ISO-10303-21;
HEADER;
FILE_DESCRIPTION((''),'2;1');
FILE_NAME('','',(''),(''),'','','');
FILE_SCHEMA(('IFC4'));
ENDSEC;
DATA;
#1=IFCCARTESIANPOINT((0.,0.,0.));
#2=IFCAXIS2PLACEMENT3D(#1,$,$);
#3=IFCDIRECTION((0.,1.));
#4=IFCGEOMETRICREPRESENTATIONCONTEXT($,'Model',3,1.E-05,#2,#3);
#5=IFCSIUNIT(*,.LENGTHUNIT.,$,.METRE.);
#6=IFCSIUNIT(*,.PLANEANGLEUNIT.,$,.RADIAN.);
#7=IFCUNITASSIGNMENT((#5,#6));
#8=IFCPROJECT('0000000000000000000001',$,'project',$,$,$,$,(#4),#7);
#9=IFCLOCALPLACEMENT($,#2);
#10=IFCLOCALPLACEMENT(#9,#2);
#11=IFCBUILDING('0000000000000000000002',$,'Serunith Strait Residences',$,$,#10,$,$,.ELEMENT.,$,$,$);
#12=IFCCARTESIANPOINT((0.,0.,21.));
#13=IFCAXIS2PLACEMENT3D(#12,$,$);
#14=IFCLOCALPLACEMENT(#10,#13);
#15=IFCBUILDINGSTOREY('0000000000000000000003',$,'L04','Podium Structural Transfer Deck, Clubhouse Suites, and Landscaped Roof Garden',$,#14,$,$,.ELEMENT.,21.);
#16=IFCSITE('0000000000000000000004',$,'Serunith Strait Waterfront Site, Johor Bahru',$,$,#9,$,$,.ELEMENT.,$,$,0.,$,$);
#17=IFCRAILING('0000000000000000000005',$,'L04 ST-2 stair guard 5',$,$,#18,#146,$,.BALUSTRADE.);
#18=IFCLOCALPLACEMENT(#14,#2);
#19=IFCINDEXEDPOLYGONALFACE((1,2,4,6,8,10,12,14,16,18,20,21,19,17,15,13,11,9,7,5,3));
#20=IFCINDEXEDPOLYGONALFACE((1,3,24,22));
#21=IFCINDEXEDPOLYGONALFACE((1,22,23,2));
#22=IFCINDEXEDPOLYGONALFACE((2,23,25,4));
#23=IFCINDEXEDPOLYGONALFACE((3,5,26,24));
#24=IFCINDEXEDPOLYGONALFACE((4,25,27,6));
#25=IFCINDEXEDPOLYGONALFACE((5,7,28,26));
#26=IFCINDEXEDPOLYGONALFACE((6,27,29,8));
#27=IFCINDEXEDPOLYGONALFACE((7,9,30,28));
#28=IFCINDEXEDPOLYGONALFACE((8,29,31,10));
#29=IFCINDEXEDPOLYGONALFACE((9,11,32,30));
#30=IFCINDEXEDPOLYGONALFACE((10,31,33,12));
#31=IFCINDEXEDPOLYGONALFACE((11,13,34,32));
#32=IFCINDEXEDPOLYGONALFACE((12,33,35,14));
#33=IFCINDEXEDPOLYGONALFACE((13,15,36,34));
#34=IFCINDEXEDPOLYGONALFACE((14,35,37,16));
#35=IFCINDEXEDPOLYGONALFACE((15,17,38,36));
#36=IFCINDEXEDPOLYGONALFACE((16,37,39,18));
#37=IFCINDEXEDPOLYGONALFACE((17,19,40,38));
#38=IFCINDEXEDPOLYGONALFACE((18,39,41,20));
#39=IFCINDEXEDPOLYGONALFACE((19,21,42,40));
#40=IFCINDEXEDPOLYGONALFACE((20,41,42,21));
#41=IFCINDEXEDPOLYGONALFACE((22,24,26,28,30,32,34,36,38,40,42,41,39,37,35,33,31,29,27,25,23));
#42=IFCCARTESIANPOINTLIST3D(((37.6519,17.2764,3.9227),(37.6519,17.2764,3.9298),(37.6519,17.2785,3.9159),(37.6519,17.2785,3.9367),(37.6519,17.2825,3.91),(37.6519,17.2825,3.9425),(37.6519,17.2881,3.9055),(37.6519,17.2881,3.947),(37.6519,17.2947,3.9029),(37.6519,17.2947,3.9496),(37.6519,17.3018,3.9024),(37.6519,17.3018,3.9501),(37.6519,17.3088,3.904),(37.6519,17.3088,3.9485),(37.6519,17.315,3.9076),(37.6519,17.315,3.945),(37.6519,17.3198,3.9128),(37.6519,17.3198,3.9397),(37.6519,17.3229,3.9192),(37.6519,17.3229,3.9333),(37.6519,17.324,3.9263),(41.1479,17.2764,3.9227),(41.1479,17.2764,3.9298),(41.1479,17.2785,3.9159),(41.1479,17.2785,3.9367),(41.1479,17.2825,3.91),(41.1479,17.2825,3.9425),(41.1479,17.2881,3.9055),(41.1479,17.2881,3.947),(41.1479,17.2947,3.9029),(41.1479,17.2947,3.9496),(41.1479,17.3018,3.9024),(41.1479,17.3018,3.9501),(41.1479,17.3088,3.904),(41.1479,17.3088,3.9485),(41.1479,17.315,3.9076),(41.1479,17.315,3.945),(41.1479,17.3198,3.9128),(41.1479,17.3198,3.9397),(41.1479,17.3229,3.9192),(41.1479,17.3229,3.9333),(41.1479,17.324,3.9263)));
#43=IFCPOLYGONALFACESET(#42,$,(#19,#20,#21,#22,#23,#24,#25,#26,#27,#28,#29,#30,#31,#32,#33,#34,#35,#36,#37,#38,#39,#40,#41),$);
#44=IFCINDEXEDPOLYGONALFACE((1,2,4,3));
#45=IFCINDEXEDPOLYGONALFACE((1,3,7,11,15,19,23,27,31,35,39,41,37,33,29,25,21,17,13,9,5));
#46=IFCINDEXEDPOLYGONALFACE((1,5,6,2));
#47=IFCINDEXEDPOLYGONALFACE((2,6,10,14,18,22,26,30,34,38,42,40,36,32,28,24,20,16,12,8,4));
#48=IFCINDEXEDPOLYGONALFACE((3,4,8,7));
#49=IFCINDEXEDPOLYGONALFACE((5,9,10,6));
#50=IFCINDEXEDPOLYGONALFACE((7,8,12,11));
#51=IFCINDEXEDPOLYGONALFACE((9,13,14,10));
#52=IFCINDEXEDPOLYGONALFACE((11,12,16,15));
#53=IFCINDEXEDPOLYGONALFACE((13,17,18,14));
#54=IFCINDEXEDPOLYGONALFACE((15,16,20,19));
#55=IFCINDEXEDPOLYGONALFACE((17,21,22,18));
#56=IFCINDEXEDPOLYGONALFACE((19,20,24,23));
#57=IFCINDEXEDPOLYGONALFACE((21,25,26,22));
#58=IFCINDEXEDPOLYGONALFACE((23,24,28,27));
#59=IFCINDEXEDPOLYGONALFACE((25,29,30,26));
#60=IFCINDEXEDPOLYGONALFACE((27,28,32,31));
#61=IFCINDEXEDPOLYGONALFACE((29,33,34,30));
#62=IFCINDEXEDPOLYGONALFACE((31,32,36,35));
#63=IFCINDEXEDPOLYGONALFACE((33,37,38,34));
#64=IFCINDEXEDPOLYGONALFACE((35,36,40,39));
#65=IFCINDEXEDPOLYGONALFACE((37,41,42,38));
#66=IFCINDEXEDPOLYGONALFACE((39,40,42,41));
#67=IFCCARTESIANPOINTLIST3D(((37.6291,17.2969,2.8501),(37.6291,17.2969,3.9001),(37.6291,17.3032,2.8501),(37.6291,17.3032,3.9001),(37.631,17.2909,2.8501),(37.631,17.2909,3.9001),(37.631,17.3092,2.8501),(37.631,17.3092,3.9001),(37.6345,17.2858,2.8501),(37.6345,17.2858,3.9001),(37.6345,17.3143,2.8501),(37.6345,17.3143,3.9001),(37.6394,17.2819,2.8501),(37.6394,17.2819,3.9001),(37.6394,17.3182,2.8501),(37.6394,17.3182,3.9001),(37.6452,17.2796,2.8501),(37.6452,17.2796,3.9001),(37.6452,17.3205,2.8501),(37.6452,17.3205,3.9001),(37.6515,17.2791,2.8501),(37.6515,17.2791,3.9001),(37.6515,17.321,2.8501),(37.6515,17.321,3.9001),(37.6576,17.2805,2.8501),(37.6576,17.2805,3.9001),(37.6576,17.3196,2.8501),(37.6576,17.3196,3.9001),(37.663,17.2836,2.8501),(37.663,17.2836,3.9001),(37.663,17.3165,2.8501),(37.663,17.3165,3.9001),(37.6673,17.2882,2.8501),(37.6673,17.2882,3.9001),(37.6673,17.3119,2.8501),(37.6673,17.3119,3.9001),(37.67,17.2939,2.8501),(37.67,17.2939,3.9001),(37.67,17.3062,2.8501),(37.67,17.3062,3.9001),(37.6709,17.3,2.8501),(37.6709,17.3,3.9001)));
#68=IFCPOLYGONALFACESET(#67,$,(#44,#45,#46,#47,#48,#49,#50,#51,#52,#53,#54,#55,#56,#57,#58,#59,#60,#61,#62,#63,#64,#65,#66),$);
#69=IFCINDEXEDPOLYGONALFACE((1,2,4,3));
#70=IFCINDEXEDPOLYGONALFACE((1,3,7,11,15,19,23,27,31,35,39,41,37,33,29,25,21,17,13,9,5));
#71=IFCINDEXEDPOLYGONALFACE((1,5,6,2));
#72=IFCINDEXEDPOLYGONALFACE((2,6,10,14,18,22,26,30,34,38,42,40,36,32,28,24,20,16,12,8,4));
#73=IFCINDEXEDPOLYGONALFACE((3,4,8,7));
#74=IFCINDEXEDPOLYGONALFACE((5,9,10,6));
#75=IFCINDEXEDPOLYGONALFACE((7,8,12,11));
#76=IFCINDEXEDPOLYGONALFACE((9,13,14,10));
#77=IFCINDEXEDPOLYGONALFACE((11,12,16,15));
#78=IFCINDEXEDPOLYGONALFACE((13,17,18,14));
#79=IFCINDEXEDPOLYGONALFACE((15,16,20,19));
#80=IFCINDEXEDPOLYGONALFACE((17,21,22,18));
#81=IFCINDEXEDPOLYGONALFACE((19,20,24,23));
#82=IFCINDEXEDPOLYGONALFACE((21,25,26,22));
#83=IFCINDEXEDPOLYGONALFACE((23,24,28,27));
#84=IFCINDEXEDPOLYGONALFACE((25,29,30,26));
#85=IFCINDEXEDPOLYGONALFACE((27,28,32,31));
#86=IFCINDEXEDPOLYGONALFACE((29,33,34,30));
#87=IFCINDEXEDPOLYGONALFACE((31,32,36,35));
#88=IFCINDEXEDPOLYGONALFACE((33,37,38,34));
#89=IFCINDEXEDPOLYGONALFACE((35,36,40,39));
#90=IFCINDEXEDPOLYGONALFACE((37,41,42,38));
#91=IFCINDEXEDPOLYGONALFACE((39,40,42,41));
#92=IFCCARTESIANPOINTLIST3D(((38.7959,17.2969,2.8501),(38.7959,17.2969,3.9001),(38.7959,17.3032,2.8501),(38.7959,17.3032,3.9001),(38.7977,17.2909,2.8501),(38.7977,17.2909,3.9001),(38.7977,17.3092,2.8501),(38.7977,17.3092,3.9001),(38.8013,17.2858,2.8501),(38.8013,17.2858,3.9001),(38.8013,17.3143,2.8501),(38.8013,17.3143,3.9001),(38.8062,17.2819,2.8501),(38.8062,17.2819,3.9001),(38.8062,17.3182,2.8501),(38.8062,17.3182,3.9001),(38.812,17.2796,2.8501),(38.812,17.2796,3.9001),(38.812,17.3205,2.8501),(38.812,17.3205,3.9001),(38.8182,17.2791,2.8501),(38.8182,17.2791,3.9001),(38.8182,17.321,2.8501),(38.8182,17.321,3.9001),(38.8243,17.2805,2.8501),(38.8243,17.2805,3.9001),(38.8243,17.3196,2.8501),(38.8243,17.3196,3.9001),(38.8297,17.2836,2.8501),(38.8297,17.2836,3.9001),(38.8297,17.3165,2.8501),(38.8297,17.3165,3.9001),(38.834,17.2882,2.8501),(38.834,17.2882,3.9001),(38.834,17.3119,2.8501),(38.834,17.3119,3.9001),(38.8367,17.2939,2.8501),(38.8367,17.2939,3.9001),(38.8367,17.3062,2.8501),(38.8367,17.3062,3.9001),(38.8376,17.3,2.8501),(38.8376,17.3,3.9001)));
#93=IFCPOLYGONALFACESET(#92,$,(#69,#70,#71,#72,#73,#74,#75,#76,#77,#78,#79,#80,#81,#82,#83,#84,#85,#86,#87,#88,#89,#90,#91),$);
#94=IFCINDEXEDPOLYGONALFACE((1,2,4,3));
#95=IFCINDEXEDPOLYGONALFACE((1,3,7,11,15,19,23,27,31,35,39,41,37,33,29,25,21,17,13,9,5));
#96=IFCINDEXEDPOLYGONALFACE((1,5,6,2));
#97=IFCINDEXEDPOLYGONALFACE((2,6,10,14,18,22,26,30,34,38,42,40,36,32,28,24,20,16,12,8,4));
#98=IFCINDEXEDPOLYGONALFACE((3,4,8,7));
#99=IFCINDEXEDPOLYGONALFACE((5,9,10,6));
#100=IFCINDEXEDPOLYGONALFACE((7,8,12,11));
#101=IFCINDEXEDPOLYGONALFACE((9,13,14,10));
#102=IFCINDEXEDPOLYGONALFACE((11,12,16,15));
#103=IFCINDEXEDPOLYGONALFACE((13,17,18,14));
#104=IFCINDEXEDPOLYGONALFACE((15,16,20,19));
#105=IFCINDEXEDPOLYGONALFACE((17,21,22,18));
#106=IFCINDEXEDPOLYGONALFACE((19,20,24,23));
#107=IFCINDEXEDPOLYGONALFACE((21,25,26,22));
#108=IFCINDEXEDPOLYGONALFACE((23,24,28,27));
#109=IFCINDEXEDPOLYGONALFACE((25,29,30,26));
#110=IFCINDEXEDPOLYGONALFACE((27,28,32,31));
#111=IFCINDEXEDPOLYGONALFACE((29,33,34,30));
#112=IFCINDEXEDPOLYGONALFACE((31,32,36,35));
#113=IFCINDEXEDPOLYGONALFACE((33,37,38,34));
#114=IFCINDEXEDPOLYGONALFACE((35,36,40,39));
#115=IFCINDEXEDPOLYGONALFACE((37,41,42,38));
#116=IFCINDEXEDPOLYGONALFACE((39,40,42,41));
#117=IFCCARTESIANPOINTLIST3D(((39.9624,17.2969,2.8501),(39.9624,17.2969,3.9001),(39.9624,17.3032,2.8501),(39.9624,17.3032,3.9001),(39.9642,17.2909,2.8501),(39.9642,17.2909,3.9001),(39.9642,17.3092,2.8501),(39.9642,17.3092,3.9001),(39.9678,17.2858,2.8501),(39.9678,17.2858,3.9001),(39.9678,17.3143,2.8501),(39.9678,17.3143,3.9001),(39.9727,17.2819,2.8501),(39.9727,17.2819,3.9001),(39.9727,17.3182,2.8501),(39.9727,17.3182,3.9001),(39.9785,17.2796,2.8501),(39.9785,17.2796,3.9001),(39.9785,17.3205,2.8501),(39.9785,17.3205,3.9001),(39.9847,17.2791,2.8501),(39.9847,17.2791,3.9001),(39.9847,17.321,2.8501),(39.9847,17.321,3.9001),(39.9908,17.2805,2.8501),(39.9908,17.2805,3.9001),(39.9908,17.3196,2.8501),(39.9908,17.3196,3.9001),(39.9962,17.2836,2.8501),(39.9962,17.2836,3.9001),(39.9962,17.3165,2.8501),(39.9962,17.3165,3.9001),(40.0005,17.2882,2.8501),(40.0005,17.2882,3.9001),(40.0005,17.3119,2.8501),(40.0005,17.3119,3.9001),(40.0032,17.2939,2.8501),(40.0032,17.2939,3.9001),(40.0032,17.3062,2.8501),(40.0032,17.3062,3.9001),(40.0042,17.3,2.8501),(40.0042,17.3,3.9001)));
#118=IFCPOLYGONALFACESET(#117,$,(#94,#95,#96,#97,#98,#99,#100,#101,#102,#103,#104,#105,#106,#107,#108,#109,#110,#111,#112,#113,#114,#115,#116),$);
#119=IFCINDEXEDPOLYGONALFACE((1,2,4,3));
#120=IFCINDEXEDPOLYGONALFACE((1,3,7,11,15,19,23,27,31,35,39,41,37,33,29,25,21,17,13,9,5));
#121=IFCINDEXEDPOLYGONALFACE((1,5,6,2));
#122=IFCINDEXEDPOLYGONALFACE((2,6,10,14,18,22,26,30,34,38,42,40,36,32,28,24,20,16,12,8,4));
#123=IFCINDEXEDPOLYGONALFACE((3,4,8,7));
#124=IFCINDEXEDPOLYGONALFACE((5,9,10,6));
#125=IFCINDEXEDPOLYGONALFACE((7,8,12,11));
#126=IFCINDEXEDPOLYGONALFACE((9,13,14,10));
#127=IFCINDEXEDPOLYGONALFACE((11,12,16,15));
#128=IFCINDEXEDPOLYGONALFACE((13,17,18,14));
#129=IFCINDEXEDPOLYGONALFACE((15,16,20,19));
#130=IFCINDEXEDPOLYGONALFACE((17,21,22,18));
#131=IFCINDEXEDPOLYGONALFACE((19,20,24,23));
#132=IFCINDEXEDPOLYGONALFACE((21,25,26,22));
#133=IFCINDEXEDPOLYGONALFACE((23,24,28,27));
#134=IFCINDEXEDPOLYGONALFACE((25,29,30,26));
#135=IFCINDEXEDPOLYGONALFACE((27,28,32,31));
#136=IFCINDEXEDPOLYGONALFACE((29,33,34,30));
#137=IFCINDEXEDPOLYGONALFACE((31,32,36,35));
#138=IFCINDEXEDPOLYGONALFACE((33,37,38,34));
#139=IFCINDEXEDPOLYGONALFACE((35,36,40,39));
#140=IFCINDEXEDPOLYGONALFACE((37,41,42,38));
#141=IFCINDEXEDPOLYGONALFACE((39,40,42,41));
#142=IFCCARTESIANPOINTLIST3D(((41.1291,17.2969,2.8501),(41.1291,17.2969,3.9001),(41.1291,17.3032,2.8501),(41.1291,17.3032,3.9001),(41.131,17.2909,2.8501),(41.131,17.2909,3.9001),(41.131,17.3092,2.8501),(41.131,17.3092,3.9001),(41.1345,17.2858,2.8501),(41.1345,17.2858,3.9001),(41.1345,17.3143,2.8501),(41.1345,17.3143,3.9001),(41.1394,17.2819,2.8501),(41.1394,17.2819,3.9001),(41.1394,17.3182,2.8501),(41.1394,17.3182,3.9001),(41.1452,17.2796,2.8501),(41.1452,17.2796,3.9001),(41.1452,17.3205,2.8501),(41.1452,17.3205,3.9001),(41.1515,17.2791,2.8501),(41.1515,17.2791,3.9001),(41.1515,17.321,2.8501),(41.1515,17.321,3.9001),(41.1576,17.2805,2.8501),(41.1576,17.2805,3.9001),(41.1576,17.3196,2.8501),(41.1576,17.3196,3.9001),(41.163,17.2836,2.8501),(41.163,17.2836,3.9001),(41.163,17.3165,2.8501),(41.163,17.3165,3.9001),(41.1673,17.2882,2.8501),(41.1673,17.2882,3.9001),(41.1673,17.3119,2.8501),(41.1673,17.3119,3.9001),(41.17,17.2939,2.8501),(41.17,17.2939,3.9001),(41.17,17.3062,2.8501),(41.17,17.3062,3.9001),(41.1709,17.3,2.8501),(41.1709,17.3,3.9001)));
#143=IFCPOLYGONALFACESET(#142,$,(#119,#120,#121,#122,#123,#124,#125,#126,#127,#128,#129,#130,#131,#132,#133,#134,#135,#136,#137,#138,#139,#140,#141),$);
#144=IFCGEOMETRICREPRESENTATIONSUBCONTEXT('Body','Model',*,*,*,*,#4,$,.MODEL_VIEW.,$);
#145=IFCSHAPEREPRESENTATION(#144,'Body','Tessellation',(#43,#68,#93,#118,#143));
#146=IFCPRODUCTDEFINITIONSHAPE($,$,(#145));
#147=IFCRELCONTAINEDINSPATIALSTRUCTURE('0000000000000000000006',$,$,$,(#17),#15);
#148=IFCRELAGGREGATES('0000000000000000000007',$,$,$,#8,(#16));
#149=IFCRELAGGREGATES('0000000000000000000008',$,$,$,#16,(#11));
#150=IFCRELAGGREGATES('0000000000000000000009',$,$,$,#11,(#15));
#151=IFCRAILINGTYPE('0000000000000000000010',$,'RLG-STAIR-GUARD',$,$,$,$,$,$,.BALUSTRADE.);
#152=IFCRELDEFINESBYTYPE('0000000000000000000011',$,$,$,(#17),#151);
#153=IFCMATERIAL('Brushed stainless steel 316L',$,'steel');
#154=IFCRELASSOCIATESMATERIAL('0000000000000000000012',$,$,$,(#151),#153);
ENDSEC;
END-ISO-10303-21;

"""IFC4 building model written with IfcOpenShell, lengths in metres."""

from ifc_helpers import new_model, si_unit, direction, frame, origin, origin_2d, place, context, subcontext, project, spatial, circle, extrude, material, type_object, element, save


model = new_model("IFC4")

# Units and contexts
model_context = context("Model", 3, precision=1e-05, world=origin(), true_north=direction((0.0, 1.0)))
body_context = subcontext(model_context, "Body", "Model", "MODEL_VIEW")
ifc_project = project(units=[si_unit("LENGTHUNIT", "METRE"), si_unit("PLANEANGLEUNIT", "RADIAN")], contexts=[model_context])

# Site, building, storey
site_placement = place(None, origin())
site = spatial("IfcSite", under=ifc_project, at=site_placement, Name="Serunith Strait Waterfront Site, Johor Bahru", CompositionType="ELEMENT", RefElevation=0.0)
building_placement = place(site_placement, origin())
building = spatial("IfcBuilding", under=site, at=building_placement, Name="Serunith Strait Residences", CompositionType="ELEMENT")
storey_placement = place(building_placement, frame((0.0, 0.0, 21.0)))
storey = spatial("IfcBuildingStorey", under=building, at=storey_placement, Name="L04", Description="Podium Structural Transfer Deck, Clubhouse Suites, and Landscaped Roof Garden", CompositionType="ELEMENT", Elevation=21.0)

# Railing
ifc_material_1 = material(Name="Brushed stainless steel 316L", Category="steel")
railing_type_1 = type_object("IfcRailingType", Name="RLG-STAIR-GUARD", PredefinedType="BALUSTRADE", material=ifc_material_1)
railing_1_placement = place(storey_placement, frame((37.6499, 17.3, 2.8501)))
element("IfcRailing", 1, at=railing_1_placement, inside=storey, type_object=railing_type_1, Name="L04 ST-2 stair guard 5", PredefinedType="BALUSTRADE", context=body_context, shape_type="SweptSolid", body=[
    extrude(circle(Radius=0.0239, at=origin_2d()), frame((0.002, 0.0, 1.0762), z_axis=(1.0, 0.0, 0.0), x_axis=(0.0, 1.0, 0.0)), (0.0, 0.0, 1.0), 3.4961),
    extrude(circle(Radius=0.021, at=origin_2d()), origin(), (0.0, 0.0, 1.0), 1.05),
    extrude(circle(Radius=0.021, at=origin_2d()), frame((1.1667, 0.0, 0.0)), (0.0, 0.0, 1.0), 1.05),
    extrude(circle(Radius=0.021, at=origin_2d()), frame((2.3333, 0.0, 0.0)), (0.0, 0.0, 1.0), 1.05),
    extrude(circle(Radius=0.021, at=origin_2d()), frame((3.5, 0.0, 0.0)), (0.0, 0.0, 1.0), 1.05),
])

save(model, "model.ifc")
